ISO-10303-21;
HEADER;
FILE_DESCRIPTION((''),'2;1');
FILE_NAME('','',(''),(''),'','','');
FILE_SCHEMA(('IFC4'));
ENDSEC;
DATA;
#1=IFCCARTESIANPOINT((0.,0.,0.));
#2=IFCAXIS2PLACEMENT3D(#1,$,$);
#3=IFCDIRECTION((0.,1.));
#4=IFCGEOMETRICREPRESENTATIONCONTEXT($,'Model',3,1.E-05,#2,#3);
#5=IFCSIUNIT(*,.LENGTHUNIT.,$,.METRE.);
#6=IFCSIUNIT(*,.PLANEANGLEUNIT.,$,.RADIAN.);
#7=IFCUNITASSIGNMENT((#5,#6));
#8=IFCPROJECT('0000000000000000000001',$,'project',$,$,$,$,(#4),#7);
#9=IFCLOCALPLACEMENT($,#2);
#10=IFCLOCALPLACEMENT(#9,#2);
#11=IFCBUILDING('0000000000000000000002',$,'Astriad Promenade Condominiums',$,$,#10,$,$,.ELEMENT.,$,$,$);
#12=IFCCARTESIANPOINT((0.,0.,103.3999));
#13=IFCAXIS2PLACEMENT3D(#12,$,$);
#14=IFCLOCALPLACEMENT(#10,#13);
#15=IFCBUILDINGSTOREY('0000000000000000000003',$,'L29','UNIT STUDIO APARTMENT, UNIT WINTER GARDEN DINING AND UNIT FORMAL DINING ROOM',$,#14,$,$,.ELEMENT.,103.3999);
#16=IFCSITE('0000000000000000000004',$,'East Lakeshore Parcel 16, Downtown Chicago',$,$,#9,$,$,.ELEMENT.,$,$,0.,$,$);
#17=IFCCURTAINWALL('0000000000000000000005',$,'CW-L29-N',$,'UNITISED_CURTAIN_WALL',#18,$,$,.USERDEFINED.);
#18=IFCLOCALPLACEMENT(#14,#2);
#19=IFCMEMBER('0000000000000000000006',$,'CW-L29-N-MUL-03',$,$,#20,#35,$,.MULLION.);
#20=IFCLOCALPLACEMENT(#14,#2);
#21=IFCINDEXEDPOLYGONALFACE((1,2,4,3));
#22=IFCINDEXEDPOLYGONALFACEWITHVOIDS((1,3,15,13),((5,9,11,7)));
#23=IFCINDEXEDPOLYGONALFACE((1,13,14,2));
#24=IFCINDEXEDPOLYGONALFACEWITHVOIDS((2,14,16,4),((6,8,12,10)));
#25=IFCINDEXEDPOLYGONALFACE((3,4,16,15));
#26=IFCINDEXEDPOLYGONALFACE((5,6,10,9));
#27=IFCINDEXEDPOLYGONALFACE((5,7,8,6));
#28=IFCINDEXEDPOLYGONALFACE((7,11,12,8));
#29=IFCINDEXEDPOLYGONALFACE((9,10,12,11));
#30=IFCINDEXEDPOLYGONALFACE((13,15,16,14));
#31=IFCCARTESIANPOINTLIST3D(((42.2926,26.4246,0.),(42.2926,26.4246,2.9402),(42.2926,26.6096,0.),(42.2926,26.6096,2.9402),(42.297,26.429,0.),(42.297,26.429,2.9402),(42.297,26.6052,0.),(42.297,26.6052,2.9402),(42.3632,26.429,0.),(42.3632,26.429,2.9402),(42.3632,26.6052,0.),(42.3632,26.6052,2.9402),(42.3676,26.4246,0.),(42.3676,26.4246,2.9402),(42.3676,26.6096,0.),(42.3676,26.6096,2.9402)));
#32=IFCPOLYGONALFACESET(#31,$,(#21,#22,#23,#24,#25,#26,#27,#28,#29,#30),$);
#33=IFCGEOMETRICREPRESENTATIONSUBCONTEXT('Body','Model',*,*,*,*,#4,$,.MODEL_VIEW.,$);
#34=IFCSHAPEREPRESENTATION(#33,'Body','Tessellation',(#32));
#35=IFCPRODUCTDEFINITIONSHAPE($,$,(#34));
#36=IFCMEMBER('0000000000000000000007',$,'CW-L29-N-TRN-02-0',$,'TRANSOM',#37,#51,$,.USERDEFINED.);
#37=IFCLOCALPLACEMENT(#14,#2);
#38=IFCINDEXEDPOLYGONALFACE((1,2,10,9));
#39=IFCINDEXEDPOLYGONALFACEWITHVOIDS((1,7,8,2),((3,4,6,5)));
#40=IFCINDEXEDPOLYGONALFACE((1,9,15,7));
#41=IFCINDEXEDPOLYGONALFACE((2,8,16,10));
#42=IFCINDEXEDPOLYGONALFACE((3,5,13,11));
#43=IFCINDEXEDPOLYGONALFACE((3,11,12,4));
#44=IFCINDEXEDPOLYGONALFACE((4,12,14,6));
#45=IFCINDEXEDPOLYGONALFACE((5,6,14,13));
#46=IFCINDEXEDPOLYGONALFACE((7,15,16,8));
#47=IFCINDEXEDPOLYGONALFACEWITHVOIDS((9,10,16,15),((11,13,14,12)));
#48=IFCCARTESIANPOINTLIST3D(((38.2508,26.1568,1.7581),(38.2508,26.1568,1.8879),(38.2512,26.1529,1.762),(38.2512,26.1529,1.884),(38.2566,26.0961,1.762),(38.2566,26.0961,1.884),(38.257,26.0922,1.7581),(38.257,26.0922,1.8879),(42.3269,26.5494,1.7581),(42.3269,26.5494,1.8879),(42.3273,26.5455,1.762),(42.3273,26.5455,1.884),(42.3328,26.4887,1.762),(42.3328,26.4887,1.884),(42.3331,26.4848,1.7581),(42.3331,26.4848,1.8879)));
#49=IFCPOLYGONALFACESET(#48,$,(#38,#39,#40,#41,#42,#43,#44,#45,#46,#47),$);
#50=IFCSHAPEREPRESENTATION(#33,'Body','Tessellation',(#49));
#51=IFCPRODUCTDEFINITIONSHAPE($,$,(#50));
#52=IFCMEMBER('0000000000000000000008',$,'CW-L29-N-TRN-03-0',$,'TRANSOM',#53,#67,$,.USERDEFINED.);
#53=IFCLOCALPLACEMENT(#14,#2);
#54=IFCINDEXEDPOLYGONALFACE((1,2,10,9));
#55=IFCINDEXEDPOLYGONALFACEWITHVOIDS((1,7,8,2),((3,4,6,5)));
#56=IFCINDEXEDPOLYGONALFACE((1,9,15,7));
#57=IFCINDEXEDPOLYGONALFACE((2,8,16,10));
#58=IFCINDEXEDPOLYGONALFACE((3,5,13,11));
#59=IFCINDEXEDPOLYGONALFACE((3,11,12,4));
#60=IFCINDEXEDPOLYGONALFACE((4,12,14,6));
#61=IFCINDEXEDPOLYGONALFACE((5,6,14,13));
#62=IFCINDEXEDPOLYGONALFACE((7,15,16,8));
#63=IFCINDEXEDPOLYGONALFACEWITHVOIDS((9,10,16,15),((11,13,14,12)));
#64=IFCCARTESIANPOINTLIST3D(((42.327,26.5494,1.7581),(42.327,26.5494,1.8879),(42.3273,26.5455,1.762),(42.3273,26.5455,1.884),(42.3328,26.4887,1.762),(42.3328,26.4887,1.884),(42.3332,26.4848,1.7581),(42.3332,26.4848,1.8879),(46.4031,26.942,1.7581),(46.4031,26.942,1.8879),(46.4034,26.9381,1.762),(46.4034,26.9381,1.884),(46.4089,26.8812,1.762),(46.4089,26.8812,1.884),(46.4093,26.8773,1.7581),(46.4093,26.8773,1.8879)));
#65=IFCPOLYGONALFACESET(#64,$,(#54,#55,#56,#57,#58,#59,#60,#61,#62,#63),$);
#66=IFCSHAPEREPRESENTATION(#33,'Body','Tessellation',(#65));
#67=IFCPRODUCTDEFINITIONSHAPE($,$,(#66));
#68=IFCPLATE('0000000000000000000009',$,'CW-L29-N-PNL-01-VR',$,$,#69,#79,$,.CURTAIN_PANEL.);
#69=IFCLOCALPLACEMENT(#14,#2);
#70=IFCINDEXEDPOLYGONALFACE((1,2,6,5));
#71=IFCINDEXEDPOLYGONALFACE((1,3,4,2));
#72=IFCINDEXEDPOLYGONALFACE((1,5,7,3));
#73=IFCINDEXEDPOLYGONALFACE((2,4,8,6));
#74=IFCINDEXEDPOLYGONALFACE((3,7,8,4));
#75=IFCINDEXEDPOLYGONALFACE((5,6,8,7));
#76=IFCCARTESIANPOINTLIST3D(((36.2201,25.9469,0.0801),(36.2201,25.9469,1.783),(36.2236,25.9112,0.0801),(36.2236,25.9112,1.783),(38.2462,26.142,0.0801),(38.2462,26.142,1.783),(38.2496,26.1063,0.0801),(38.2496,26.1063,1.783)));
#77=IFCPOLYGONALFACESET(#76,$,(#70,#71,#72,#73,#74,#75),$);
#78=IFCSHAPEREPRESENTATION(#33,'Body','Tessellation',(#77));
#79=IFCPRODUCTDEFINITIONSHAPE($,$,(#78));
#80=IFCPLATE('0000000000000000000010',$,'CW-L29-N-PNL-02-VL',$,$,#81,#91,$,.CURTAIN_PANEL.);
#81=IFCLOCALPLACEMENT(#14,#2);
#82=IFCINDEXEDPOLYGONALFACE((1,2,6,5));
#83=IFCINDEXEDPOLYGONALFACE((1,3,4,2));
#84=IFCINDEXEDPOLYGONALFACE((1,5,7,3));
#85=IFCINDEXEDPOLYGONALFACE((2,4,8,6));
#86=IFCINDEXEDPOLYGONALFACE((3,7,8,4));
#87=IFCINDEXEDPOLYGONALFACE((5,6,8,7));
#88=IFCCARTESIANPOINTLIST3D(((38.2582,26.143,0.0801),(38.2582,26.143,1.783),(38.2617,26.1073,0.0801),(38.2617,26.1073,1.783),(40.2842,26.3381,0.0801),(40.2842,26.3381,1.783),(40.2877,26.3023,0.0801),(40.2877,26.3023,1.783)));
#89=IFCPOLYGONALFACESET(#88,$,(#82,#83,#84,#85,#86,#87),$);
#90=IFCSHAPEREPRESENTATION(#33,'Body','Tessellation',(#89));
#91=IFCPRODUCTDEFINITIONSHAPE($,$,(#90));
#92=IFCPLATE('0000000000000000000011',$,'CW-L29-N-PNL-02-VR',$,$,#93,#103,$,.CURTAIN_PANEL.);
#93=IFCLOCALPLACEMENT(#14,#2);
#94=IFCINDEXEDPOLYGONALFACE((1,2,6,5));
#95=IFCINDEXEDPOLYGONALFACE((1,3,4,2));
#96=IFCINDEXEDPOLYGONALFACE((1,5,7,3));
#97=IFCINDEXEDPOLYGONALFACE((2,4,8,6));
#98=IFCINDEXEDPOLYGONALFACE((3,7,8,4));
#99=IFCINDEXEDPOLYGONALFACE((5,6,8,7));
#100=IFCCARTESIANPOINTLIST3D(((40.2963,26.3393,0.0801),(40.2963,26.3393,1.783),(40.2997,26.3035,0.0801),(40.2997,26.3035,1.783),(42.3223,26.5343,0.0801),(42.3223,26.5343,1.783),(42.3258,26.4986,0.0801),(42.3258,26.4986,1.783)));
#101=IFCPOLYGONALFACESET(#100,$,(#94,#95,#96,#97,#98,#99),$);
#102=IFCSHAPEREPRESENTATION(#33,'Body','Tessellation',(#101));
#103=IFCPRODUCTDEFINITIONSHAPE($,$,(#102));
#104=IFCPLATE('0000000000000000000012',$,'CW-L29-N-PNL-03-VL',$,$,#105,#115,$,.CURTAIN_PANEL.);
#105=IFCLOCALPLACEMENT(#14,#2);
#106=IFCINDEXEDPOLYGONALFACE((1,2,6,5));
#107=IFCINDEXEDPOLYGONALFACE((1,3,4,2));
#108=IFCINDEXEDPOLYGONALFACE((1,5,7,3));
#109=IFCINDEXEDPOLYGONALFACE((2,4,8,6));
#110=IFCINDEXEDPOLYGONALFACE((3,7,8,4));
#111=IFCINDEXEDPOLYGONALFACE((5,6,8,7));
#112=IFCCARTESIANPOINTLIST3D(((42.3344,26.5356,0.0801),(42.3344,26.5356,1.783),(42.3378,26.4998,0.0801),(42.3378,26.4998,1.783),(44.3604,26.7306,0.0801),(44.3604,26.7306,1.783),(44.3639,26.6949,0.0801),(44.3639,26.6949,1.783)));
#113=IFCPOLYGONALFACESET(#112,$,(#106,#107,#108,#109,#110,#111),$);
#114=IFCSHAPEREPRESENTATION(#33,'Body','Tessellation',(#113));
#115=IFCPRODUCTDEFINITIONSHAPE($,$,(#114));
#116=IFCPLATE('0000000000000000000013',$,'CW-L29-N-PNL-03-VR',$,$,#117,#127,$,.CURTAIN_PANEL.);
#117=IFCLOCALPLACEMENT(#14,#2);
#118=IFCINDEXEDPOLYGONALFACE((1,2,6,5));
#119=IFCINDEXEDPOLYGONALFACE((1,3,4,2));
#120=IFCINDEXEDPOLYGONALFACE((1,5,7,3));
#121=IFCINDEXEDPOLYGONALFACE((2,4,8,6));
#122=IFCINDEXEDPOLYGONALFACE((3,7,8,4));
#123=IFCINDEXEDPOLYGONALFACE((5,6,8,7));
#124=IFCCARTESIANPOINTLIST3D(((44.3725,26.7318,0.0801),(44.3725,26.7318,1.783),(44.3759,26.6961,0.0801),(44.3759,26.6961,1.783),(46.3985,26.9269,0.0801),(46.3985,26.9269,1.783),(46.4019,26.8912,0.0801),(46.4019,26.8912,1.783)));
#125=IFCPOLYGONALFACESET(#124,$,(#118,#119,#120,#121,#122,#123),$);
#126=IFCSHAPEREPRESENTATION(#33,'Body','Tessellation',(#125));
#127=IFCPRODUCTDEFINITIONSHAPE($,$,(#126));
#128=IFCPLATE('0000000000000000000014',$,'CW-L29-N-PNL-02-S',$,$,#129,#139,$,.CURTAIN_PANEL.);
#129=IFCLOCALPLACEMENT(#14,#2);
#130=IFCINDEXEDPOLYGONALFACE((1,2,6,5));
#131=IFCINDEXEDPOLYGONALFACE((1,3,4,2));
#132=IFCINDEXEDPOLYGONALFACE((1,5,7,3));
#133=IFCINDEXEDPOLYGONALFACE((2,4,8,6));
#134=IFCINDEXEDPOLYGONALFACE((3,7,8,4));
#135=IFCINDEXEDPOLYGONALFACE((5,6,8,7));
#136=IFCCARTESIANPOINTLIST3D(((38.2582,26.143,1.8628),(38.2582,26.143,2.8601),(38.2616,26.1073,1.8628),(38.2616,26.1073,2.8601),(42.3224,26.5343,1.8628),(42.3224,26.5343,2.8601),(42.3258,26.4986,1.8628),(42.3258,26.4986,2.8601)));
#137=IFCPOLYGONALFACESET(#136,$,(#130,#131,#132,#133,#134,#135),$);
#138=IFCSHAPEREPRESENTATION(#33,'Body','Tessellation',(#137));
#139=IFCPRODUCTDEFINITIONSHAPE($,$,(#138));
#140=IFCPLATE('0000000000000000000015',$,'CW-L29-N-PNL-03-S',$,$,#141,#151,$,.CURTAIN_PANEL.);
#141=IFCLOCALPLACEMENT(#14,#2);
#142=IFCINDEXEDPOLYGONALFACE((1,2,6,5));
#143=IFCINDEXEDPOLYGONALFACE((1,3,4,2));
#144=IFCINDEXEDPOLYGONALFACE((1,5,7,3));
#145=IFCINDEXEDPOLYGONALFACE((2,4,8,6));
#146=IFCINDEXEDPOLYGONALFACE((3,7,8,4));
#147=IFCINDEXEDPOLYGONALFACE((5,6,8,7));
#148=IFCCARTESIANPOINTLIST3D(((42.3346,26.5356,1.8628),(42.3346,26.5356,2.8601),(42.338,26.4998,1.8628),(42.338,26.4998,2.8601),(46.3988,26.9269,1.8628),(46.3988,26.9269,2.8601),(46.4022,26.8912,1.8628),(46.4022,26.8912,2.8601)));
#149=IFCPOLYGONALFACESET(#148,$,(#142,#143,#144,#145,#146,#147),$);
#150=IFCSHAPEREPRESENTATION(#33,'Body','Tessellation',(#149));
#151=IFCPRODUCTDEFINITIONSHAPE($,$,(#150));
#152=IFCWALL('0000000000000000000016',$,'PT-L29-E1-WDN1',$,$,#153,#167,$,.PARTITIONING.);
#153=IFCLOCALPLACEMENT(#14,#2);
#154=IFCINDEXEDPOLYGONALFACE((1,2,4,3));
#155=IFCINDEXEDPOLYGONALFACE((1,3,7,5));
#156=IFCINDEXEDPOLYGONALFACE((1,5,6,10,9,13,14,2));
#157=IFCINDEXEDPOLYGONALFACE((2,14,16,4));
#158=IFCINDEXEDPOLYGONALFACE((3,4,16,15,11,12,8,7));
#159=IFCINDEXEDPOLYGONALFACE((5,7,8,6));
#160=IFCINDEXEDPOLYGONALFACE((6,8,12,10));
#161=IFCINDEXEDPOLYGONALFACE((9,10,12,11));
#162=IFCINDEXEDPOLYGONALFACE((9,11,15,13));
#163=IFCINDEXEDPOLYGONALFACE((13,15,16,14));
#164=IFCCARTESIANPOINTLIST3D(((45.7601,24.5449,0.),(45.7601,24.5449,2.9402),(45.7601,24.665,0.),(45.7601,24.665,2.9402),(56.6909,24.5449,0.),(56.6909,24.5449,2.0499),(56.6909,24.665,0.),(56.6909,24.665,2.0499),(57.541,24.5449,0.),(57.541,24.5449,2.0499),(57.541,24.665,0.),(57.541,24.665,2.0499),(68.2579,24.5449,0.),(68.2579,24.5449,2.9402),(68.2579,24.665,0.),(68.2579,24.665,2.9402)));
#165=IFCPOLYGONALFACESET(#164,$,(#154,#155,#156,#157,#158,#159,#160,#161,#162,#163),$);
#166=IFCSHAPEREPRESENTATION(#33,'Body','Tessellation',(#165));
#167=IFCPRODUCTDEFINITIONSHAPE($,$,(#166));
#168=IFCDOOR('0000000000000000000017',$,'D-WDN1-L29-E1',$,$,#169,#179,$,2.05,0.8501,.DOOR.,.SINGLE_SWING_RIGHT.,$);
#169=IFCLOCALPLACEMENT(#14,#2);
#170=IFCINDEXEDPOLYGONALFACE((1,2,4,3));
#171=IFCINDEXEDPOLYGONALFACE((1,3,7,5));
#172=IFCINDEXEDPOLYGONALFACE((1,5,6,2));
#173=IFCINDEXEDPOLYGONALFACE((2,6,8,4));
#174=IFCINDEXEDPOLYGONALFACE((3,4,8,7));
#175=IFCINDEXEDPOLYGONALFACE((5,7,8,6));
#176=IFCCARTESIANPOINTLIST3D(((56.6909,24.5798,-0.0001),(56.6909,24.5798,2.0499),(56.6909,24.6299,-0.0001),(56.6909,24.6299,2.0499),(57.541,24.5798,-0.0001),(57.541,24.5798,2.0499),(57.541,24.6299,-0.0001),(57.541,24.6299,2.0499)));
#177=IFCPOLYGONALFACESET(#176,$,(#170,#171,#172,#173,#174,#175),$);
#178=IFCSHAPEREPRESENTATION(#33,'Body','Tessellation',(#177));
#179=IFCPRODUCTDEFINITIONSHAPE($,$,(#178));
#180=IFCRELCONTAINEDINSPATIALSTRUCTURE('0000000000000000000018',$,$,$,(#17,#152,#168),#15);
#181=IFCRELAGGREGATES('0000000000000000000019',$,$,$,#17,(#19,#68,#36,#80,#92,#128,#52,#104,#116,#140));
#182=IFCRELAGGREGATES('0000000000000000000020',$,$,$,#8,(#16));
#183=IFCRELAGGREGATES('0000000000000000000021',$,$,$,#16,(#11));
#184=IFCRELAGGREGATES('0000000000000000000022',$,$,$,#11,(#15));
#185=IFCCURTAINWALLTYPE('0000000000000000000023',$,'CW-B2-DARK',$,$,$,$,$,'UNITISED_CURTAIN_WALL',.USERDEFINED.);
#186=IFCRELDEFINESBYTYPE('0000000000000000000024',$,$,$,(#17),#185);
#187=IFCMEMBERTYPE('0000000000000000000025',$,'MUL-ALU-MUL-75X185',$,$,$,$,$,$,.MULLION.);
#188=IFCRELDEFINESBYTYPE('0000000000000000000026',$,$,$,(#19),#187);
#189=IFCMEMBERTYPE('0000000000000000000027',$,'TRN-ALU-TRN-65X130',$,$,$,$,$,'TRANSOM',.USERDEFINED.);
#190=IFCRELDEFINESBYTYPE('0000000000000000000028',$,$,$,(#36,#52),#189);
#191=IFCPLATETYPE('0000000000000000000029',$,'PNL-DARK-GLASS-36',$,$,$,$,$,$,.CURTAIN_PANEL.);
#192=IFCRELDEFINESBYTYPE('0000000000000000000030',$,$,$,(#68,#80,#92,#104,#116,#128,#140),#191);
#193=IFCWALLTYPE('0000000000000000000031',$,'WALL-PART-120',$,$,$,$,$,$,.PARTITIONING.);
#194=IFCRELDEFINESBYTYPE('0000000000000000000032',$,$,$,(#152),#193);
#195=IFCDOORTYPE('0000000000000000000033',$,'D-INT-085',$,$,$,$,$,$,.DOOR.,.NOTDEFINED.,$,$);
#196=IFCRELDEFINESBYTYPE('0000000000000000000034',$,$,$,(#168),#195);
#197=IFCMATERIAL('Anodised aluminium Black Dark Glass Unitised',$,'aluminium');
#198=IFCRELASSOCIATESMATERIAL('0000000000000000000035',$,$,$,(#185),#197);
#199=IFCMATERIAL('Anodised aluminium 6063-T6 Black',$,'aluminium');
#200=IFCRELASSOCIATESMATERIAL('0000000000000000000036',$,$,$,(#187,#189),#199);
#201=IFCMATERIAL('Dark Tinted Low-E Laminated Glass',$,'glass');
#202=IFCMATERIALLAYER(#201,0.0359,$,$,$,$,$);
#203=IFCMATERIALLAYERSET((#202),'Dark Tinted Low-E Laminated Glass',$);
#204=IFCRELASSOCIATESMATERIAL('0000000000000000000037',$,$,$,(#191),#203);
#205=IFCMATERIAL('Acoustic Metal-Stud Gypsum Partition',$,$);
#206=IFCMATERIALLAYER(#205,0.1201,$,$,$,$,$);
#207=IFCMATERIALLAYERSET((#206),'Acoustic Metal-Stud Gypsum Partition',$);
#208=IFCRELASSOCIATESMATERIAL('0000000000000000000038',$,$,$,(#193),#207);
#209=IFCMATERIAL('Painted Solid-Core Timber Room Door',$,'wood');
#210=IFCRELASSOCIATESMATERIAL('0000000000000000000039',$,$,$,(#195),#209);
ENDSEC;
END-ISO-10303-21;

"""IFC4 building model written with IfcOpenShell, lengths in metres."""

from ifc_helpers import new_model, si_unit, direction, frame, frame_2d, origin, origin_2d, place, context, subcontext, project, spatial, rectangle, hollow_rectangle, extrude, source, transform, mapped, material, layer, layer_set, material_profile, profile_set, type_object, type_shapes, element, fill, aggregate, save


model = new_model("IFC4")

# Units and contexts
model_context = context("Model", 3, precision=1e-05, world=origin(), true_north=direction((0.0, 1.0)))
body_context = subcontext(model_context, "Body", "Model", "MODEL_VIEW")
ifc_project = project(units=[si_unit("LENGTHUNIT", "METRE"), si_unit("PLANEANGLEUNIT", "RADIAN")], contexts=[model_context])

# Site, building, storey
site_placement = place(None, origin())
site = spatial("IfcSite", under=ifc_project, at=site_placement, Name="East Lakeshore Parcel 16, Downtown Chicago", CompositionType="ELEMENT", RefElevation=0.0)
building_placement = place(site_placement, origin())
building = spatial("IfcBuilding", under=site, at=building_placement, Name="Astriad Promenade Condominiums", CompositionType="ELEMENT")
storey_placement = place(building_placement, frame((0.0, 0.0, 103.3999)))
storey = spatial("IfcBuildingStorey", under=building, at=storey_placement, Name="L29", Description="UNIT STUDIO APARTMENT, UNIT WINTER GARDEN DINING AND UNIT FORMAL DINING ROOM", CompositionType="ELEMENT", Elevation=103.3999)

# Curtain wall, members, plates
ifc_material_1 = material(Name="Anodised aluminium Black Dark Glass Unitised", Category="aluminium")
curtain_wall_type = type_object("IfcCurtainWallType", Name="CW-B2-DARK", ElementType="UNITISED_CURTAIN_WALL", PredefinedType="USERDEFINED", material=ifc_material_1)
curtain_wall_placement = place(storey_placement, origin())
curtain_wall = element("IfcCurtainWall", 1, at=curtain_wall_placement, inside=storey, type_object=curtain_wall_type, Name="CW-L29-N", ObjectType="UNITISED_CURTAIN_WALL", PredefinedType="USERDEFINED")
ifc_material_2 = material(Name="Anodised aluminium 6063-T6 Black", Category="aluminium")
ifc_material_profile_1 = material_profile(ifc_material_2, hollow_rectangle(XDim=0.075, YDim=0.1851, WallThickness=0.0044, at=origin_2d()), Name="ALU-MUL-75X185")
ifc_profile_set_1 = profile_set([ifc_material_profile_1], Name="Anodised aluminium 6063-T6 Black")
member_type_1 = type_object("IfcMemberType", Name="MUL-ALU-MUL-75X185", PredefinedType="MULLION", material=ifc_profile_set_1)
shared_shape_1 = source(origin(), body_context, "Body", "SweptSolid", [
    extrude(hollow_rectangle(XDim=0.075, YDim=0.1851, WallThickness=0.0044, at=origin_2d()), origin(), (0.0, 0.0, 1.0), 2.9402),
])
type_shapes(member_type_1, [shared_shape_1])
member_1_placement = place(storey_placement, frame((42.3301, 26.5171, 0.0), z_axis=(0.0, 0.0, 1.0), x_axis=(1.0, 0.0, 0.0)))
member_1 = element("IfcMember", 2, at=member_1_placement, type_object=member_type_1, Name="CW-L29-N-MUL-03", PredefinedType="MULLION", context=body_context, shape_type="MappedRepresentation", body=[
    mapped(shared_shape_1, transform((0.0, 0.0, 0.0), scale=1.0)),
])
ifc_material_profile_2 = material_profile(ifc_material_2, hollow_rectangle(XDim=0.0649, YDim=0.1299, WallThickness=0.0039, at=origin_2d()), Name="ALU-TRN-65X130")
ifc_profile_set_2 = profile_set([ifc_material_profile_2], Name="Anodised aluminium 6063-T6 Black")
member_type_2 = type_object("IfcMemberType", Name="TRN-ALU-TRN-65X130", ElementType="TRANSOM", PredefinedType="USERDEFINED", material=ifc_profile_set_2)
shared_shape_2 = source(origin(), body_context, "Body", "SweptSolid", [
    extrude(hollow_rectangle(XDim=0.0649, YDim=0.1299, WallThickness=0.0039, at=origin_2d()), origin(), (0.0, 0.0, 1.0), 4.095),
])
type_shapes(member_type_2, [shared_shape_2])
member_2_placement = place(storey_placement, frame((38.2539, 26.1245, 1.823), z_axis=(0.995394, 0.095867, 0.0), x_axis=(-0.095867, 0.995394, 0.0)))
member_2 = element("IfcMember", 3, at=member_2_placement, type_object=member_type_2, Name="CW-L29-N-TRN-02-0", ObjectType="TRANSOM", PredefinedType="USERDEFINED", context=body_context, shape_type="MappedRepresentation", body=[
    mapped(shared_shape_2, transform((0.0, 0.0, 0.0), scale=1.0)),
])
member_3_placement = place(storey_placement, frame((42.3301, 26.5171, 1.823), z_axis=(0.995394, 0.095867, 0.0), x_axis=(-0.095867, 0.995394, 0.0)))
member_3 = element("IfcMember", 4, at=member_3_placement, type_object=member_type_2, Name="CW-L29-N-TRN-03-0", ObjectType="TRANSOM", PredefinedType="USERDEFINED", context=body_context, shape_type="MappedRepresentation", body=[
    mapped(shared_shape_2, transform((0.0, 0.0, 0.0), scale=1.0)),
])
ifc_material_3 = material(Name="Dark Tinted Low-E Laminated Glass", Category="glass")
ifc_layer_1 = layer(ifc_material_3, 0.0359)
ifc_layer_set_1 = layer_set([ifc_layer_1], Name="Dark Tinted Low-E Laminated Glass")
plate_type = type_object("IfcPlateType", Name="PNL-DARK-GLASS-36", PredefinedType="CURTAIN_PANEL", material=ifc_layer_set_1)
shared_shape_3 = source(origin(), body_context, "Body", "SweptSolid", [
    extrude(rectangle(XDim=2.0354, YDim=0.0359, at=origin_2d()), origin(), (0.0, 0.0, 1.0), 1.7029),
])
plate_1_placement = place(storey_placement, frame((37.2349, 26.0266, 0.0801), z_axis=(0.0, 0.0, 1.0), x_axis=(0.995396, 0.095846, 0.0)))
plate_1 = element("IfcPlate", 5, at=plate_1_placement, type_object=plate_type, Name="CW-L29-N-PNL-01-VR", PredefinedType="CURTAIN_PANEL", context=body_context, shape_type="MappedRepresentation", body=[
    mapped(shared_shape_3, transform((0.0, 0.0, 0.0), scale=1.0)),
])
plate_2_placement = place(storey_placement, frame((39.2729, 26.2227, 0.0801), z_axis=(0.0, 0.0, 1.0), x_axis=(0.995396, 0.095846, 0.0)))
plate_2 = element("IfcPlate", 6, at=plate_2_placement, type_object=plate_type, Name="CW-L29-N-PNL-02-VL", PredefinedType="CURTAIN_PANEL", context=body_context, shape_type="MappedRepresentation", body=[
    mapped(shared_shape_3, transform((0.0, 0.0, 0.0), scale=1.0)),
])
plate_3_placement = place(storey_placement, frame((41.311, 26.4189, 0.0801), z_axis=(0.0, 0.0, 1.0), x_axis=(0.995396, 0.095846, 0.0)))
plate_3 = element("IfcPlate", 7, at=plate_3_placement, type_object=plate_type, Name="CW-L29-N-PNL-02-VR", PredefinedType="CURTAIN_PANEL", context=body_context, shape_type="MappedRepresentation", body=[
    mapped(shared_shape_3, transform((0.0, 0.0, 0.0), scale=1.0)),
])
plate_4_placement = place(storey_placement, frame((43.3491, 26.6152, 0.0801), z_axis=(0.0, 0.0, 1.0), x_axis=(0.995396, 0.095846, 0.0)))
plate_4 = element("IfcPlate", 8, at=plate_4_placement, type_object=plate_type, Name="CW-L29-N-PNL-03-VL", PredefinedType="CURTAIN_PANEL", context=body_context, shape_type="MappedRepresentation", body=[
    mapped(shared_shape_3, transform((0.0, 0.0, 0.0), scale=1.0)),
])
plate_5_placement = place(storey_placement, frame((45.3872, 26.8115, 0.0801), z_axis=(0.0, 0.0, 1.0), x_axis=(0.995396, 0.095846, 0.0)))
plate_5 = element("IfcPlate", 9, at=plate_5_placement, type_object=plate_type, Name="CW-L29-N-PNL-03-VR", PredefinedType="CURTAIN_PANEL", context=body_context, shape_type="MappedRepresentation", body=[
    mapped(shared_shape_3, transform((0.0, 0.0, 0.0), scale=1.0)),
])
shared_shape_4 = source(origin(), body_context, "Body", "SweptSolid", [
    extrude(rectangle(XDim=4.083, YDim=0.0359, at=origin_2d()), origin(), (0.0, 0.0, 1.0), 0.9973),
])
type_shapes(plate_type, [shared_shape_3, shared_shape_4])
plate_6_placement = place(storey_placement, frame((40.292, 26.3208, 1.8628), z_axis=(0.0, 0.0, 1.0), x_axis=(0.995396, 0.095846, 0.0)))
plate_6 = element("IfcPlate", 10, at=plate_6_placement, type_object=plate_type, Name="CW-L29-N-PNL-02-S", PredefinedType="CURTAIN_PANEL", context=body_context, shape_type="MappedRepresentation", body=[
    mapped(shared_shape_4, transform((0.0, 0.0, 0.0), scale=1.0)),
])
plate_7_placement = place(storey_placement, frame((44.3684, 26.7134, 1.8628), z_axis=(0.0, 0.0, 1.0), x_axis=(0.995396, 0.095846, 0.0)))
plate_7 = element("IfcPlate", 11, at=plate_7_placement, type_object=plate_type, Name="CW-L29-N-PNL-03-S", PredefinedType="CURTAIN_PANEL", context=body_context, shape_type="MappedRepresentation", body=[
    mapped(shared_shape_4, transform((0.0, 0.0, 0.0), scale=1.0)),
])
aggregate(curtain_wall, [member_1, plate_1, member_2, plate_2, plate_3, plate_6, member_3, plate_4, plate_5, plate_7])

# Wall, opening, door
ifc_material_4 = material(Name="Acoustic Metal-Stud Gypsum Partition")
ifc_layer_2 = layer(ifc_material_4, 0.1201)
ifc_layer_set_2 = layer_set([ifc_layer_2], Name="Acoustic Metal-Stud Gypsum Partition")
wall_type = type_object("IfcWallType", Name="WALL-PART-120", PredefinedType="PARTITIONING", material=ifc_layer_set_2)
wall_placement = place(storey_placement, frame((45.76, 24.605, 0.0), z_axis=(0.0, 0.0, 1.0), x_axis=(1.0, 0.0, 0.0)))
wall = element("IfcWall", 12, at=wall_placement, inside=storey, type_object=wall_type, Name="PT-L29-E1-WDN1", PredefinedType="PARTITIONING", context=body_context, shape_type="SweptSolid", body=[
    extrude(rectangle(XDim=22.4978, YDim=0.1201, at=frame_2d((11.249, 0.0))), origin(), (0.0, 0.0, 1.0), 2.9402),
])
opening_placement = place(wall_placement, frame((10.9309, 0.0, 0.0)))
opening = element("IfcOpeningElement", 13, at=opening_placement, cuts=wall, PredefinedType="OPENING", context=body_context, shape_type="SweptSolid", body=[
    extrude(rectangle(XDim=0.8501, YDim=2.05, at=frame_2d((0.425, 1.0249))), frame((0.0, 0.0701, 0.0), z_axis=(0.0, -1.0, 0.0), x_axis=(1.0, 0.0, 0.0)), (0.0, 0.0, 1.0), 0.1401),
])
ifc_material_5 = material(Name="Painted Solid-Core Timber Room Door", Category="wood")
door_type = type_object("IfcDoorType", Name="D-INT-085", OperationType="NOTDEFINED", PredefinedType="DOOR", material=ifc_material_5)
shared_shape_5 = source(origin(), body_context, "Body", "SweptSolid", [
    extrude(rectangle(XDim=0.8501, YDim=2.05, at=frame_2d((0.425, 1.0249))), frame((0.0, 0.0249, 0.0), z_axis=(0.0, -1.0, 0.0), x_axis=(1.0, 0.0, 0.0)), (0.0, 0.0, 1.0), 0.05),
])
type_shapes(door_type, [shared_shape_5])
door_placement = place(opening_placement, origin())
door = element("IfcDoor", 14, at=door_placement, inside=storey, type_object=door_type, Name="D-WDN1-L29-E1", OperationType="SINGLE_SWING_RIGHT", OverallHeight=2.05, OverallWidth=0.8501, PredefinedType="DOOR", context=body_context, shape_type="MappedRepresentation", body=[
    mapped(shared_shape_5, transform((0.0, 0.0, 0.0), scale=1.0)),
])
fill(opening, door)

save(model, "model.ifc")
